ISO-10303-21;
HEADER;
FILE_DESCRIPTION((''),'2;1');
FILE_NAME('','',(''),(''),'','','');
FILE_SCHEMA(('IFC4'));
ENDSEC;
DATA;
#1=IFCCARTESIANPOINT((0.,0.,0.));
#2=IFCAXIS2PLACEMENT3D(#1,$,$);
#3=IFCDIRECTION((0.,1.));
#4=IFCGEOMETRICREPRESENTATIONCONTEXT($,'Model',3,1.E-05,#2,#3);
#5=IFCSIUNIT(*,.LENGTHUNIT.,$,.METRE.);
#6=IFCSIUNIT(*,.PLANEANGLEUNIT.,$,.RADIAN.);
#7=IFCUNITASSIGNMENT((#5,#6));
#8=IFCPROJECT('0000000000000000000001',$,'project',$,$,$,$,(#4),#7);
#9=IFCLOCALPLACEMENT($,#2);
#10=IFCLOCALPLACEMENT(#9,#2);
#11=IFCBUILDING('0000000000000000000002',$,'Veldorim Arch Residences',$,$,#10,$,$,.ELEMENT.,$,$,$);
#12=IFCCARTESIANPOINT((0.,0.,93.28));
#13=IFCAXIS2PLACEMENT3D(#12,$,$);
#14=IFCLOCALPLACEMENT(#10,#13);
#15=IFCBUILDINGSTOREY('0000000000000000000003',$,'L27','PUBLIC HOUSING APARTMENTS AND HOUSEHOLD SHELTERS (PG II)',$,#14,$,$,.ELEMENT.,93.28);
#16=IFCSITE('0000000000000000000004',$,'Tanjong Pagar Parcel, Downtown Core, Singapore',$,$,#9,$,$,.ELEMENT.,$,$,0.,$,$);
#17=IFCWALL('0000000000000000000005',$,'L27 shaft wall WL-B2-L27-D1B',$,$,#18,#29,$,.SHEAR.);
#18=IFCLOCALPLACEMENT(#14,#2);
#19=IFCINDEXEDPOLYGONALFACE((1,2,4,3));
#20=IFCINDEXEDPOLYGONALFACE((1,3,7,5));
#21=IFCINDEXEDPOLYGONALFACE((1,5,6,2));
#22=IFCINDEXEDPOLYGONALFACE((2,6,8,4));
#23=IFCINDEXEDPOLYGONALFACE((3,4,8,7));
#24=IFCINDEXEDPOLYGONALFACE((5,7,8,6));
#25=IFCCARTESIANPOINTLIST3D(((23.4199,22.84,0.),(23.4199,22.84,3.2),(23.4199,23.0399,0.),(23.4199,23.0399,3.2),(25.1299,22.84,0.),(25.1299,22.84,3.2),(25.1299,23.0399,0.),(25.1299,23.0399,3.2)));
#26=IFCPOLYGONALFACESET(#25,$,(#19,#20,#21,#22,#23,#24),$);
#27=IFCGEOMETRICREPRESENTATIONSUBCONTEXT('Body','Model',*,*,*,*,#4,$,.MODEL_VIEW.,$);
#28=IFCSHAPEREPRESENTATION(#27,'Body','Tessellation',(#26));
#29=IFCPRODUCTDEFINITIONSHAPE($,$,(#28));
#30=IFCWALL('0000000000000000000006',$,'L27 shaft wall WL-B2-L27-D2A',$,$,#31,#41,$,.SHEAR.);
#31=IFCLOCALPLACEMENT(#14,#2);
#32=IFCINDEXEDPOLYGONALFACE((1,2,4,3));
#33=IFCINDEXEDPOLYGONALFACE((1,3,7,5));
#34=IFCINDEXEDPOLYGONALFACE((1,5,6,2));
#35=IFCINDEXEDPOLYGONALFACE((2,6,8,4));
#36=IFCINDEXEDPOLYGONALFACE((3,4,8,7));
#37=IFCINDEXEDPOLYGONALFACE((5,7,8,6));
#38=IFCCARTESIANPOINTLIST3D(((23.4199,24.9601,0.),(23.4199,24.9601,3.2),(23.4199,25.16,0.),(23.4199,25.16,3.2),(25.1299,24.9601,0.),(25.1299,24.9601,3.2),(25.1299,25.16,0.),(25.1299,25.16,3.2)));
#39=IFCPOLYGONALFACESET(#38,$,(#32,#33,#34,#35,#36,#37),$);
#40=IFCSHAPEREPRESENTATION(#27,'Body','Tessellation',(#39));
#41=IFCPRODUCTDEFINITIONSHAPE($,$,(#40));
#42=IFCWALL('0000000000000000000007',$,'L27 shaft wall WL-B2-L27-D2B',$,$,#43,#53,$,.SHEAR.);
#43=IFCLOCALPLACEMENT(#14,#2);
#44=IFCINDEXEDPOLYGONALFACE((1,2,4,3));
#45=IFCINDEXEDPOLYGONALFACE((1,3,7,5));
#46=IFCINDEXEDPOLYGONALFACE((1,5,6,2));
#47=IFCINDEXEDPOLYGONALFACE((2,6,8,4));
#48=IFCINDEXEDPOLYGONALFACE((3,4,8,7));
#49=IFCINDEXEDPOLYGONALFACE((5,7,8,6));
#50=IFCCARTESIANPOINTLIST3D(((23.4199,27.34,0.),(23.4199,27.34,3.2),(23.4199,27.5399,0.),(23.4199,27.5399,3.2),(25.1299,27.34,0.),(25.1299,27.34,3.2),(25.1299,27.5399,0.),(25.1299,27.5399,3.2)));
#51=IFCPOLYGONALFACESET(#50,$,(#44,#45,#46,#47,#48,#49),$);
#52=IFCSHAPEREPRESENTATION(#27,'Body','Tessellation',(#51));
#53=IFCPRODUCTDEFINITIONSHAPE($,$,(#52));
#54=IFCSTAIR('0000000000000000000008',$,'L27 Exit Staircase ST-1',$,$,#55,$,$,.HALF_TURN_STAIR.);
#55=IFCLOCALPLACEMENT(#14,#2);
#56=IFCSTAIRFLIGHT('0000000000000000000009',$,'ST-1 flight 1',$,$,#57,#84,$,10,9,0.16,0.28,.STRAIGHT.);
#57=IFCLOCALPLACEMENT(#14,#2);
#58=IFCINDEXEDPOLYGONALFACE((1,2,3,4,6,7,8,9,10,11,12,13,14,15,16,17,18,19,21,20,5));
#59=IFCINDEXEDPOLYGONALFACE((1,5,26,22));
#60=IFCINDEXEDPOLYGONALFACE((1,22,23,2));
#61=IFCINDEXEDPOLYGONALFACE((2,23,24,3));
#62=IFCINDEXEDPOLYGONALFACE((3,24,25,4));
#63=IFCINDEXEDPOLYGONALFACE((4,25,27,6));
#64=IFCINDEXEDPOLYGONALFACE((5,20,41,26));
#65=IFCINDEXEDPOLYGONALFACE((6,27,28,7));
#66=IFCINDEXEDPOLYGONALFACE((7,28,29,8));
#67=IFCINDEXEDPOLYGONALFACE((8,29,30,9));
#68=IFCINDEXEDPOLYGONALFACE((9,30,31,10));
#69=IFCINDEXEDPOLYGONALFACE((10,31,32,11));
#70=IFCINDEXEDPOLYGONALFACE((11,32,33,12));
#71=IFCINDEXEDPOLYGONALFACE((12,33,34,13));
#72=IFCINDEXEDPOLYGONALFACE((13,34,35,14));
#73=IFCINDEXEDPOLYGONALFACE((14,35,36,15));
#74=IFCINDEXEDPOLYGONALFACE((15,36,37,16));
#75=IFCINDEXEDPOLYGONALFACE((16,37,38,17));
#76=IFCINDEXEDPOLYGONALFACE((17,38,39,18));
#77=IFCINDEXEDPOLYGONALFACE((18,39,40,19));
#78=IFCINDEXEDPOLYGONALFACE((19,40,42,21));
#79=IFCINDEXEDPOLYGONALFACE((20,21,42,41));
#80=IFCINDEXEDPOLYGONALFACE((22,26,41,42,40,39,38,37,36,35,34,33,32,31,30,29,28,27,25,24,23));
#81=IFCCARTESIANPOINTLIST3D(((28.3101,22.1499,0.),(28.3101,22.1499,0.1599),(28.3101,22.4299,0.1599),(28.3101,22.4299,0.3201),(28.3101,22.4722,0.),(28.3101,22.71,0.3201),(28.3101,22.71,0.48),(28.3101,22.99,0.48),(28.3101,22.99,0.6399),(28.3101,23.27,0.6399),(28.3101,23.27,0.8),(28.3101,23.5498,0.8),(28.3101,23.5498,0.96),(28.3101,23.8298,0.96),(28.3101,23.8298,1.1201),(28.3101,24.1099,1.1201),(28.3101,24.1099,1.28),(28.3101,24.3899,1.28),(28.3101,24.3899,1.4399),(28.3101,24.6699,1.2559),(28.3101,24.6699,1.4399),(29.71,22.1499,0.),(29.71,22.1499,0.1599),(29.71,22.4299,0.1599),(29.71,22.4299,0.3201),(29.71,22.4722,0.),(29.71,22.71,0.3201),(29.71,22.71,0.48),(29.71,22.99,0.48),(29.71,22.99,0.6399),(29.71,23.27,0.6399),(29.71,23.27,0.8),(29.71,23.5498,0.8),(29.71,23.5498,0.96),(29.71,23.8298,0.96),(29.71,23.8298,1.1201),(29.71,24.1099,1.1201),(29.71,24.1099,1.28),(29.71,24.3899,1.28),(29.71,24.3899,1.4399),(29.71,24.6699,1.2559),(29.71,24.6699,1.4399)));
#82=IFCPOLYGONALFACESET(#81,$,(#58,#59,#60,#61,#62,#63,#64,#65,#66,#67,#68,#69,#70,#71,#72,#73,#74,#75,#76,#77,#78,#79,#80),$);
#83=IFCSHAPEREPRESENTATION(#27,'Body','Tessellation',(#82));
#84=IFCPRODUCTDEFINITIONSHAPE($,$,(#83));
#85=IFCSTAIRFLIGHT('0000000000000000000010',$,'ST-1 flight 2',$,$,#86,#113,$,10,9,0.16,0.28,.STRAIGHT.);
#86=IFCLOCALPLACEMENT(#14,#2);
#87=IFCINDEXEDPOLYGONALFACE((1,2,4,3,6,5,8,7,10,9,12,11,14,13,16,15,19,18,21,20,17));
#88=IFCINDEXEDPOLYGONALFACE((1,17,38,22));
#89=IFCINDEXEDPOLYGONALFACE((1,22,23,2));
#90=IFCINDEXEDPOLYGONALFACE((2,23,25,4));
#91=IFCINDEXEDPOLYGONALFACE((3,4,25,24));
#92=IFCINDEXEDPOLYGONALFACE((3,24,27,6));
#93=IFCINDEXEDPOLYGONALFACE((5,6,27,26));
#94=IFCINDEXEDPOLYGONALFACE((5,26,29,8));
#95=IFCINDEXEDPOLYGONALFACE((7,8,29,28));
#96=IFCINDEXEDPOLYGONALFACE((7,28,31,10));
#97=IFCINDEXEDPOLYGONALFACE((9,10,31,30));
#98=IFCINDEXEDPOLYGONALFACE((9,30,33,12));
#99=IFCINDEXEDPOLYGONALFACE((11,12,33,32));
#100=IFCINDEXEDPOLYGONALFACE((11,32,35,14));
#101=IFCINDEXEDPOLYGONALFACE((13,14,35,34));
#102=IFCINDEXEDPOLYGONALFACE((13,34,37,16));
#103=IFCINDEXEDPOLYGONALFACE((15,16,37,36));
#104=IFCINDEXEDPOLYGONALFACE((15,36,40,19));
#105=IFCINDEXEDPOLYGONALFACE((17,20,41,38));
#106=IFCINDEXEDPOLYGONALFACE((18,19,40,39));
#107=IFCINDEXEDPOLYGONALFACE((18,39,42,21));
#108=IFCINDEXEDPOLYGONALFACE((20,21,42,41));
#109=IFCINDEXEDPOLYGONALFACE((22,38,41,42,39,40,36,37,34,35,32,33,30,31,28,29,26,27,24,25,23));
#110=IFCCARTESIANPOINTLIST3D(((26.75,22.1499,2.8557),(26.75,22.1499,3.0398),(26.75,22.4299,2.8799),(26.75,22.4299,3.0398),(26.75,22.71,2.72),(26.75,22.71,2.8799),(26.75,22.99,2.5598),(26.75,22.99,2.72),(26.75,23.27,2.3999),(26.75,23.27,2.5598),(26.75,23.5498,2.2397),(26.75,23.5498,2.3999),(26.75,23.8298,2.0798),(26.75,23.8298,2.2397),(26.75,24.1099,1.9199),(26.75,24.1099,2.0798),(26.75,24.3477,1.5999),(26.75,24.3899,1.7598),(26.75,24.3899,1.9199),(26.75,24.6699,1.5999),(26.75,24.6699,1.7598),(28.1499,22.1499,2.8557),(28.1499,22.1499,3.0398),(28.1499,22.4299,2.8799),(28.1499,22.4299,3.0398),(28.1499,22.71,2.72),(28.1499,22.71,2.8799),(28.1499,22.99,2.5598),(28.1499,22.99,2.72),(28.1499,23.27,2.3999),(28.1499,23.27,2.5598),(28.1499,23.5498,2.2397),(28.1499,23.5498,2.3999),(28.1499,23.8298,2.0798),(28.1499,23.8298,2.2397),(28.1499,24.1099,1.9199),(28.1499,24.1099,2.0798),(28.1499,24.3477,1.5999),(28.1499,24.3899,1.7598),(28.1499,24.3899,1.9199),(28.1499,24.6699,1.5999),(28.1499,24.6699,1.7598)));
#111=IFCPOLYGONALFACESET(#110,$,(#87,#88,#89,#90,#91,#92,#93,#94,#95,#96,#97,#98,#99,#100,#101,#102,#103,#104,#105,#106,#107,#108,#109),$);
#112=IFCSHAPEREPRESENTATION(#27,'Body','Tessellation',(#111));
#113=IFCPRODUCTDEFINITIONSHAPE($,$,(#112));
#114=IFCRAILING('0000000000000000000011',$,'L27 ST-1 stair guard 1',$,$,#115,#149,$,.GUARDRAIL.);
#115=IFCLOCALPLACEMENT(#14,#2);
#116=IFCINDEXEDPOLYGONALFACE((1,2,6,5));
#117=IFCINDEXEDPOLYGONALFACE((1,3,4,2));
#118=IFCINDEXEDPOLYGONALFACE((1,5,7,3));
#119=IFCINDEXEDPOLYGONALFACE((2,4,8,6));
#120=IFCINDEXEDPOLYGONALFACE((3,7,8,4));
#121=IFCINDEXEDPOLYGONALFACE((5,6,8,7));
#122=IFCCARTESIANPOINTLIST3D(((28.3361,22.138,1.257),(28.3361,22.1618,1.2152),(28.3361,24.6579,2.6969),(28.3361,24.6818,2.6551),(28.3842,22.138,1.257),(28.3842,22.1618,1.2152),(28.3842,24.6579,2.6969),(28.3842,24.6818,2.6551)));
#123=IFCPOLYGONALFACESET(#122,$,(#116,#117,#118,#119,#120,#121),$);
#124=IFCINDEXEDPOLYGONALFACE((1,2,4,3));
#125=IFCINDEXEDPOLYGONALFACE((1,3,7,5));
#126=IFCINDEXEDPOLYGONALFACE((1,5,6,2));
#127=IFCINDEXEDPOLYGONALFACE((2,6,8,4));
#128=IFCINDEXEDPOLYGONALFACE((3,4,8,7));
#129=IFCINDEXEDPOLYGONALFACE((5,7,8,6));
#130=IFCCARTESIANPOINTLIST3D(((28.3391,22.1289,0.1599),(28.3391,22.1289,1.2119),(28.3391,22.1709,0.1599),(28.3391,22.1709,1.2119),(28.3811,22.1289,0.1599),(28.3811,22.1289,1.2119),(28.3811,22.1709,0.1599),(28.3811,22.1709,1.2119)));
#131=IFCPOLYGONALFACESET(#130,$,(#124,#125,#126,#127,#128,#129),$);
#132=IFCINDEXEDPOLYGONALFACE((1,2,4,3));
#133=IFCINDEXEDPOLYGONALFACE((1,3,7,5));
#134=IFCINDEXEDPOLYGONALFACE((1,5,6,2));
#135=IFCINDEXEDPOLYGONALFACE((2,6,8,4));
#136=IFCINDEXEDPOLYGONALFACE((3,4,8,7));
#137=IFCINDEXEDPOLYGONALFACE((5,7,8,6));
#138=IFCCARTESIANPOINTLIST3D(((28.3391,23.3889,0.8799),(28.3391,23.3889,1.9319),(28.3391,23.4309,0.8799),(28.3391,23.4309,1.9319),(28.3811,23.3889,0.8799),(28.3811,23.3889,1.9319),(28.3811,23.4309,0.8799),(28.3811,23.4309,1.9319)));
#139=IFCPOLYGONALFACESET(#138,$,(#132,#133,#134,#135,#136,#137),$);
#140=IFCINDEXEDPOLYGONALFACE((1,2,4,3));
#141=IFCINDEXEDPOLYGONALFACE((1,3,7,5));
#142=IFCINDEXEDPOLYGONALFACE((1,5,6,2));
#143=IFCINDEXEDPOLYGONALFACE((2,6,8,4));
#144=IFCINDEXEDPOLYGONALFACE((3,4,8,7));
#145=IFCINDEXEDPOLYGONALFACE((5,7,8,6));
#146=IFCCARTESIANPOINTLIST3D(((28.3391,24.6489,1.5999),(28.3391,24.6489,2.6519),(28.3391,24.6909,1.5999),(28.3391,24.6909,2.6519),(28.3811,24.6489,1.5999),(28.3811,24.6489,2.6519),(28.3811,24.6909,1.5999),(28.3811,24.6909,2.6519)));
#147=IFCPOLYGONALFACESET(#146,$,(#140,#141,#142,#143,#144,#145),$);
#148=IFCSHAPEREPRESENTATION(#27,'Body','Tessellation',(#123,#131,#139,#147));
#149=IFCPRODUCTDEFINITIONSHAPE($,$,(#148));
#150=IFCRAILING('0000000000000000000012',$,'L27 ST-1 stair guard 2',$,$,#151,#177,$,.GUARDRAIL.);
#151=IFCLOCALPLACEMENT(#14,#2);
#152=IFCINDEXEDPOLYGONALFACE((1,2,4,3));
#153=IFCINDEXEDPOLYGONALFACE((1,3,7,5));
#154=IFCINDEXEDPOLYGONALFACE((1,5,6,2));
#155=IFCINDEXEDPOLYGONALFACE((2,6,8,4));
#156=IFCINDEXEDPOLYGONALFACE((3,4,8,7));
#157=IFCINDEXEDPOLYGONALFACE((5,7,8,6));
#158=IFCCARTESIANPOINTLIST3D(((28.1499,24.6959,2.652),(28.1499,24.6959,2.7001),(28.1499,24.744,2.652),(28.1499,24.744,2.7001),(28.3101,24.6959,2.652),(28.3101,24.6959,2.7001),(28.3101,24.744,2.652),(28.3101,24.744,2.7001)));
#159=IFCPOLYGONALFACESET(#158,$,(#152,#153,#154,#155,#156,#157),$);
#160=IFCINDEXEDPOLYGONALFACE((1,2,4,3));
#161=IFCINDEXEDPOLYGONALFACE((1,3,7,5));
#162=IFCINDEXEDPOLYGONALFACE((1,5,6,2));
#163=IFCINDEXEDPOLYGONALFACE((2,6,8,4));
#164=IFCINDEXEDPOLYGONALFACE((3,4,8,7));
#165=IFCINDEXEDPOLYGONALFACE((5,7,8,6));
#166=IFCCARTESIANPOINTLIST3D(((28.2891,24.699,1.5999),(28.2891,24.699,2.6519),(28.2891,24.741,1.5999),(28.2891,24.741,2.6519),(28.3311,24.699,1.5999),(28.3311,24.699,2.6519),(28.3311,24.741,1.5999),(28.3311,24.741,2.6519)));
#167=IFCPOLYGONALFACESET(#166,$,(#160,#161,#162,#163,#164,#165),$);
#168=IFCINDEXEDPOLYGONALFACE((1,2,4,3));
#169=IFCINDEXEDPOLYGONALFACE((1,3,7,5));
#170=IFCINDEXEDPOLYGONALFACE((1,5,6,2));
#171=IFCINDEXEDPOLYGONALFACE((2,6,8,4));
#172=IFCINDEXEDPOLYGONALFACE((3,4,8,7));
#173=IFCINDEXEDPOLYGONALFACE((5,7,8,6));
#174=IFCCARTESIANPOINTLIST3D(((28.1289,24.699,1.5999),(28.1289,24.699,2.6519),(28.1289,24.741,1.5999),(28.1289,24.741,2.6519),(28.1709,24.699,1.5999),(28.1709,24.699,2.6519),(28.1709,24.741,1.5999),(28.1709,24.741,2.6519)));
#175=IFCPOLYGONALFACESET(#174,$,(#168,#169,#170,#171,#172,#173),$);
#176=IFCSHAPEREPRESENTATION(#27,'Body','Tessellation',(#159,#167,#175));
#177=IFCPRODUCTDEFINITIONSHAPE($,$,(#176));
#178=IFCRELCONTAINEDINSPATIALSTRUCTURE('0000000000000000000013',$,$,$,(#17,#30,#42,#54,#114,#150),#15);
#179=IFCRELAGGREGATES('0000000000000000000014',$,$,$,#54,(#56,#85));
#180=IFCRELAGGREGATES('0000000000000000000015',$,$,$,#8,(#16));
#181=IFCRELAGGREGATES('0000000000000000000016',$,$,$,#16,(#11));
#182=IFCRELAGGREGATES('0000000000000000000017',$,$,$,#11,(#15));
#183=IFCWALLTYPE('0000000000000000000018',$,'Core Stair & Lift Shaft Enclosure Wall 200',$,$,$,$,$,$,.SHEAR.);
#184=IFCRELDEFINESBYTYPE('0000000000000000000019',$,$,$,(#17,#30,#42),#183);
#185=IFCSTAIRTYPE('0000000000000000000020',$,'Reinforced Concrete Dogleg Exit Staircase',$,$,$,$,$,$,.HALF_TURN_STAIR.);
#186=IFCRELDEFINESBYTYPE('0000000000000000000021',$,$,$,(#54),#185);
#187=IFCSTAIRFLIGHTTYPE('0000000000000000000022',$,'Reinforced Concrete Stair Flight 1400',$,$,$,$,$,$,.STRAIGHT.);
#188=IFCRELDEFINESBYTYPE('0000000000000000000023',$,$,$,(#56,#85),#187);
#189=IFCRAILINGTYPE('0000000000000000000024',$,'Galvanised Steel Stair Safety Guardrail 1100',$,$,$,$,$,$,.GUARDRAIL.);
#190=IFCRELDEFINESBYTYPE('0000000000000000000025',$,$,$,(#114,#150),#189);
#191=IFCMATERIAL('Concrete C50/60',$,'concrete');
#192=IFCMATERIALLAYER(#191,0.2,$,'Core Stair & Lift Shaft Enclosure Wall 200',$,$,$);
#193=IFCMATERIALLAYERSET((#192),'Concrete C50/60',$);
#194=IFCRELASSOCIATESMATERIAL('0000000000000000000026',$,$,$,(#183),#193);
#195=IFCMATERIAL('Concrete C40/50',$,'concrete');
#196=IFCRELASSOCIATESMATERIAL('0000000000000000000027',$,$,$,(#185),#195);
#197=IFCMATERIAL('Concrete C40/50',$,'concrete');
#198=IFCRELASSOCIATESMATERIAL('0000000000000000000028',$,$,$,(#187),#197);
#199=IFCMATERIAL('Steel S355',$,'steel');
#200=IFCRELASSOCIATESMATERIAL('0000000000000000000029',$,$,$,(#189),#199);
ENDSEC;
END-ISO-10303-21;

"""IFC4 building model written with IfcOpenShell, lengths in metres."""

from ifc_helpers import new_model, si_unit, direction, frame, frame_2d, origin, origin_2d, place, context, subcontext, project, spatial, polyline, rectangle, outline, extrude, material, layer, layer_set, type_object, element, aggregate, save


model = new_model("IFC4")

# Units and contexts
model_context = context("Model", 3, precision=1e-05, world=origin(), true_north=direction((0.0, 1.0)))
body_context = subcontext(model_context, "Body", "Model", "MODEL_VIEW")
ifc_project = project(units=[si_unit("LENGTHUNIT", "METRE"), si_unit("PLANEANGLEUNIT", "RADIAN")], contexts=[model_context])

# Site, building, storey
site_placement = place(None, origin())
site = spatial("IfcSite", under=ifc_project, at=site_placement, Name="Tanjong Pagar Parcel, Downtown Core, Singapore", CompositionType="ELEMENT", RefElevation=0.0)
building_placement = place(site_placement, origin())
building = spatial("IfcBuilding", under=site, at=building_placement, Name="Veldorim Arch Residences", CompositionType="ELEMENT")
storey_placement = place(building_placement, frame((0.0, 0.0, 93.28)))
storey = spatial("IfcBuildingStorey", under=building, at=storey_placement, Name="L27", Description="PUBLIC HOUSING APARTMENTS AND HOUSEHOLD SHELTERS (PG II)", CompositionType="ELEMENT", Elevation=93.28)

# Walls
ifc_material_1 = material(Name="Concrete C50/60", Category="concrete")
ifc_layer_1 = layer(ifc_material_1, 0.2, Name="Core Stair & Lift Shaft Enclosure Wall 200")
ifc_layer_set_1 = layer_set([ifc_layer_1], Name="Concrete C50/60")
wall_type_1 = type_object("IfcWallType", Name="Core Stair & Lift Shaft Enclosure Wall 200", PredefinedType="SHEAR", material=ifc_layer_set_1)
for number, where, z_axis, x_axis, name in (
    (1, (23.4199, 22.9399, 0.0), (0.0, 0.0, 1.0), (1.0, 0.0, 0.0), "L27 shaft wall WL-B2-L27-D1B"),
    (2, (23.4199, 25.0601, 0.0), (0.0, 0.0, 1.0), (1.0, 0.0, 0.0), "L27 shaft wall WL-B2-L27-D2A"),
    (3, (23.4199, 27.4399, 0.0), (0.0, 0.0, 1.0), (1.0, 0.0, 0.0), "L27 shaft wall WL-B2-L27-D2B"),
):
    element("IfcWall", number, at=place(storey_placement, frame(where, z_axis=z_axis, x_axis=x_axis)), inside=storey, type_object=wall_type_1, Name=name, PredefinedType="SHEAR", context=body_context, shape_type="SweptSolid", body=[
        extrude(rectangle(XDim=1.71, YDim=0.2, at=frame_2d((0.855, 0.0))), origin(), (0.0, 0.0, 1.0), 3.2),
    ])

# Stair, stair flights
ifc_material_2 = material(Name="Concrete C40/50", Category="concrete")
stair_type = type_object("IfcStairType", Name="Reinforced Concrete Dogleg Exit Staircase", PredefinedType="HALF_TURN_STAIR", material=ifc_material_2)
stair_placement = place(storey_placement, origin())
stair = element("IfcStair", 4, at=stair_placement, inside=storey, type_object=stair_type, Name="L27 Exit Staircase ST-1", PredefinedType="HALF_TURN_STAIR")
ifc_material_3 = material(Name="Concrete C40/50", Category="concrete")
stair_flight_type = type_object("IfcStairFlightType", Name="Reinforced Concrete Stair Flight 1400", PredefinedType="STRAIGHT", material=ifc_material_3)
stair_flight_1_placement = place(storey_placement, frame((29.01, 22.1499, 0.0), z_axis=(0.0, 0.0, 1.0), x_axis=(0.0, 1.0, 0.0)))
stair_flight_1 = element("IfcStairFlight", 5, at=stair_flight_1_placement, type_object=stair_flight_type, Name="ST-1 flight 1", NumberOfRisers=10, NumberOfTreads=9, PredefinedType="STRAIGHT", RiserHeight=0.16, TreadLength=0.28, context=body_context, shape_type="SweptSolid", body=[
    extrude(outline(polyline([(0.0, 0.0), (0.0, 0.1599), (0.28, 0.1599), (0.28, 0.3201), (0.5601, 0.3201), (0.5601, 0.48), (0.8401, 0.48), (0.8401, 0.6399), (1.1201, 0.6399), (1.1201, 0.8), (1.3999, 0.8), (1.3999, 0.96), (1.6799, 0.96), (1.6799, 1.1201), (1.96, 1.1201), (1.96, 1.28), (2.24, 1.28), (2.24, 1.4399), (2.52, 1.4399), (2.52, 1.6001), (2.52, 1.2559), (0.3223, 0.0), (0.0, 0.0)])), frame((0.0, 0.7, 0.0), z_axis=(0.0, -1.0, 0.0), x_axis=(1.0, 0.0, 0.0)), (0.0, 0.0, 1.0), 1.3999),
])
stair_flight_2_placement = place(storey_placement, frame((27.45, 24.6699, 1.5999), z_axis=(0.0, 0.0, 1.0), x_axis=(0.0, -1.0, 0.0)))
stair_flight_2 = element("IfcStairFlight", 6, at=stair_flight_2_placement, type_object=stair_flight_type, Name="ST-1 flight 2", NumberOfRisers=10, NumberOfTreads=9, PredefinedType="STRAIGHT", RiserHeight=0.16, TreadLength=0.28, context=body_context, shape_type="SweptSolid", body=[
    extrude(outline(polyline([(0.0, 0.0), (0.0, 0.1599), (0.28, 0.1599), (0.28, 0.3201), (0.5601, 0.3201), (0.5601, 0.48), (0.8401, 0.48), (0.8401, 0.6399), (1.1201, 0.6399), (1.1201, 0.8), (1.3999, 0.8), (1.3999, 0.96), (1.6799, 0.96), (1.6799, 1.1201), (1.96, 1.1201), (1.96, 1.28), (2.24, 1.28), (2.24, 1.4399), (2.52, 1.4399), (2.52, 1.6001), (2.52, 1.2559), (0.3223, 0.0), (0.0, 0.0)])), frame((0.0, 0.7, 0.0), z_axis=(0.0, -1.0, 0.0), x_axis=(1.0, 0.0, 0.0)), (0.0, 0.0, 1.0), 1.3999),
])
aggregate(stair, [stair_flight_1, stair_flight_2])

# Railings
ifc_material_4 = material(Name="Steel S355", Category="steel")
railing_type_1 = type_object("IfcRailingType", Name="Galvanised Steel Stair Safety Guardrail 1100", PredefinedType="GUARDRAIL", material=ifc_material_4)
railing_1_placement = place(storey_placement, frame((28.3601, 22.1499, 0.1599)))
element("IfcRailing", 7, at=railing_1_placement, inside=storey, type_object=railing_type_1, Name="L27 ST-1 stair guard 1", PredefinedType="GUARDRAIL", context=body_context, shape_type="SweptSolid", body=[
    extrude(rectangle(XDim=0.0481, YDim=0.0481, at=origin_2d()), frame((0.0, 0.0, 1.0762), z_axis=(0.0, 0.868253, 0.496121), x_axis=(-1.0, 0.0, 0.0)), (0.0, 0.0, 1.0), 2.9023),
    extrude(rectangle(XDim=0.042, YDim=0.042, at=origin_2d()), origin(), (0.0, 0.0, 1.0), 1.052),
    extrude(rectangle(XDim=0.042, YDim=0.042, at=origin_2d()), frame((0.0, 1.26, 0.72)), (0.0, 0.0, 1.0), 1.052),
    extrude(rectangle(XDim=0.042, YDim=0.042, at=origin_2d()), frame((0.0, 2.52, 1.4399)), (0.0, 0.0, 1.0), 1.052),
])
railing_2_placement = place(storey_placement, frame((28.3101, 24.72, 1.5999)))
element("IfcRailing", 8, at=railing_2_placement, inside=storey, type_object=railing_type_1, Name="L27 ST-1 stair guard 2", PredefinedType="GUARDRAIL", context=body_context, shape_type="SweptSolid", body=[
    extrude(rectangle(XDim=0.0481, YDim=0.0481, at=origin_2d()), frame((0.0, 0.0, 1.0762), z_axis=(-1.0, 0.0, 0.0), x_axis=(0.0, -1.0, 0.0)), (0.0, 0.0, 1.0), 0.1602),
    extrude(rectangle(XDim=0.042, YDim=0.042, at=origin_2d()), origin(), (0.0, 0.0, 1.0), 1.052),
    extrude(rectangle(XDim=0.042, YDim=0.042, at=origin_2d()), frame((-0.1602, 0.0, 0.0)), (0.0, 0.0, 1.0), 1.052),
])

save(model, "model.ifc")
